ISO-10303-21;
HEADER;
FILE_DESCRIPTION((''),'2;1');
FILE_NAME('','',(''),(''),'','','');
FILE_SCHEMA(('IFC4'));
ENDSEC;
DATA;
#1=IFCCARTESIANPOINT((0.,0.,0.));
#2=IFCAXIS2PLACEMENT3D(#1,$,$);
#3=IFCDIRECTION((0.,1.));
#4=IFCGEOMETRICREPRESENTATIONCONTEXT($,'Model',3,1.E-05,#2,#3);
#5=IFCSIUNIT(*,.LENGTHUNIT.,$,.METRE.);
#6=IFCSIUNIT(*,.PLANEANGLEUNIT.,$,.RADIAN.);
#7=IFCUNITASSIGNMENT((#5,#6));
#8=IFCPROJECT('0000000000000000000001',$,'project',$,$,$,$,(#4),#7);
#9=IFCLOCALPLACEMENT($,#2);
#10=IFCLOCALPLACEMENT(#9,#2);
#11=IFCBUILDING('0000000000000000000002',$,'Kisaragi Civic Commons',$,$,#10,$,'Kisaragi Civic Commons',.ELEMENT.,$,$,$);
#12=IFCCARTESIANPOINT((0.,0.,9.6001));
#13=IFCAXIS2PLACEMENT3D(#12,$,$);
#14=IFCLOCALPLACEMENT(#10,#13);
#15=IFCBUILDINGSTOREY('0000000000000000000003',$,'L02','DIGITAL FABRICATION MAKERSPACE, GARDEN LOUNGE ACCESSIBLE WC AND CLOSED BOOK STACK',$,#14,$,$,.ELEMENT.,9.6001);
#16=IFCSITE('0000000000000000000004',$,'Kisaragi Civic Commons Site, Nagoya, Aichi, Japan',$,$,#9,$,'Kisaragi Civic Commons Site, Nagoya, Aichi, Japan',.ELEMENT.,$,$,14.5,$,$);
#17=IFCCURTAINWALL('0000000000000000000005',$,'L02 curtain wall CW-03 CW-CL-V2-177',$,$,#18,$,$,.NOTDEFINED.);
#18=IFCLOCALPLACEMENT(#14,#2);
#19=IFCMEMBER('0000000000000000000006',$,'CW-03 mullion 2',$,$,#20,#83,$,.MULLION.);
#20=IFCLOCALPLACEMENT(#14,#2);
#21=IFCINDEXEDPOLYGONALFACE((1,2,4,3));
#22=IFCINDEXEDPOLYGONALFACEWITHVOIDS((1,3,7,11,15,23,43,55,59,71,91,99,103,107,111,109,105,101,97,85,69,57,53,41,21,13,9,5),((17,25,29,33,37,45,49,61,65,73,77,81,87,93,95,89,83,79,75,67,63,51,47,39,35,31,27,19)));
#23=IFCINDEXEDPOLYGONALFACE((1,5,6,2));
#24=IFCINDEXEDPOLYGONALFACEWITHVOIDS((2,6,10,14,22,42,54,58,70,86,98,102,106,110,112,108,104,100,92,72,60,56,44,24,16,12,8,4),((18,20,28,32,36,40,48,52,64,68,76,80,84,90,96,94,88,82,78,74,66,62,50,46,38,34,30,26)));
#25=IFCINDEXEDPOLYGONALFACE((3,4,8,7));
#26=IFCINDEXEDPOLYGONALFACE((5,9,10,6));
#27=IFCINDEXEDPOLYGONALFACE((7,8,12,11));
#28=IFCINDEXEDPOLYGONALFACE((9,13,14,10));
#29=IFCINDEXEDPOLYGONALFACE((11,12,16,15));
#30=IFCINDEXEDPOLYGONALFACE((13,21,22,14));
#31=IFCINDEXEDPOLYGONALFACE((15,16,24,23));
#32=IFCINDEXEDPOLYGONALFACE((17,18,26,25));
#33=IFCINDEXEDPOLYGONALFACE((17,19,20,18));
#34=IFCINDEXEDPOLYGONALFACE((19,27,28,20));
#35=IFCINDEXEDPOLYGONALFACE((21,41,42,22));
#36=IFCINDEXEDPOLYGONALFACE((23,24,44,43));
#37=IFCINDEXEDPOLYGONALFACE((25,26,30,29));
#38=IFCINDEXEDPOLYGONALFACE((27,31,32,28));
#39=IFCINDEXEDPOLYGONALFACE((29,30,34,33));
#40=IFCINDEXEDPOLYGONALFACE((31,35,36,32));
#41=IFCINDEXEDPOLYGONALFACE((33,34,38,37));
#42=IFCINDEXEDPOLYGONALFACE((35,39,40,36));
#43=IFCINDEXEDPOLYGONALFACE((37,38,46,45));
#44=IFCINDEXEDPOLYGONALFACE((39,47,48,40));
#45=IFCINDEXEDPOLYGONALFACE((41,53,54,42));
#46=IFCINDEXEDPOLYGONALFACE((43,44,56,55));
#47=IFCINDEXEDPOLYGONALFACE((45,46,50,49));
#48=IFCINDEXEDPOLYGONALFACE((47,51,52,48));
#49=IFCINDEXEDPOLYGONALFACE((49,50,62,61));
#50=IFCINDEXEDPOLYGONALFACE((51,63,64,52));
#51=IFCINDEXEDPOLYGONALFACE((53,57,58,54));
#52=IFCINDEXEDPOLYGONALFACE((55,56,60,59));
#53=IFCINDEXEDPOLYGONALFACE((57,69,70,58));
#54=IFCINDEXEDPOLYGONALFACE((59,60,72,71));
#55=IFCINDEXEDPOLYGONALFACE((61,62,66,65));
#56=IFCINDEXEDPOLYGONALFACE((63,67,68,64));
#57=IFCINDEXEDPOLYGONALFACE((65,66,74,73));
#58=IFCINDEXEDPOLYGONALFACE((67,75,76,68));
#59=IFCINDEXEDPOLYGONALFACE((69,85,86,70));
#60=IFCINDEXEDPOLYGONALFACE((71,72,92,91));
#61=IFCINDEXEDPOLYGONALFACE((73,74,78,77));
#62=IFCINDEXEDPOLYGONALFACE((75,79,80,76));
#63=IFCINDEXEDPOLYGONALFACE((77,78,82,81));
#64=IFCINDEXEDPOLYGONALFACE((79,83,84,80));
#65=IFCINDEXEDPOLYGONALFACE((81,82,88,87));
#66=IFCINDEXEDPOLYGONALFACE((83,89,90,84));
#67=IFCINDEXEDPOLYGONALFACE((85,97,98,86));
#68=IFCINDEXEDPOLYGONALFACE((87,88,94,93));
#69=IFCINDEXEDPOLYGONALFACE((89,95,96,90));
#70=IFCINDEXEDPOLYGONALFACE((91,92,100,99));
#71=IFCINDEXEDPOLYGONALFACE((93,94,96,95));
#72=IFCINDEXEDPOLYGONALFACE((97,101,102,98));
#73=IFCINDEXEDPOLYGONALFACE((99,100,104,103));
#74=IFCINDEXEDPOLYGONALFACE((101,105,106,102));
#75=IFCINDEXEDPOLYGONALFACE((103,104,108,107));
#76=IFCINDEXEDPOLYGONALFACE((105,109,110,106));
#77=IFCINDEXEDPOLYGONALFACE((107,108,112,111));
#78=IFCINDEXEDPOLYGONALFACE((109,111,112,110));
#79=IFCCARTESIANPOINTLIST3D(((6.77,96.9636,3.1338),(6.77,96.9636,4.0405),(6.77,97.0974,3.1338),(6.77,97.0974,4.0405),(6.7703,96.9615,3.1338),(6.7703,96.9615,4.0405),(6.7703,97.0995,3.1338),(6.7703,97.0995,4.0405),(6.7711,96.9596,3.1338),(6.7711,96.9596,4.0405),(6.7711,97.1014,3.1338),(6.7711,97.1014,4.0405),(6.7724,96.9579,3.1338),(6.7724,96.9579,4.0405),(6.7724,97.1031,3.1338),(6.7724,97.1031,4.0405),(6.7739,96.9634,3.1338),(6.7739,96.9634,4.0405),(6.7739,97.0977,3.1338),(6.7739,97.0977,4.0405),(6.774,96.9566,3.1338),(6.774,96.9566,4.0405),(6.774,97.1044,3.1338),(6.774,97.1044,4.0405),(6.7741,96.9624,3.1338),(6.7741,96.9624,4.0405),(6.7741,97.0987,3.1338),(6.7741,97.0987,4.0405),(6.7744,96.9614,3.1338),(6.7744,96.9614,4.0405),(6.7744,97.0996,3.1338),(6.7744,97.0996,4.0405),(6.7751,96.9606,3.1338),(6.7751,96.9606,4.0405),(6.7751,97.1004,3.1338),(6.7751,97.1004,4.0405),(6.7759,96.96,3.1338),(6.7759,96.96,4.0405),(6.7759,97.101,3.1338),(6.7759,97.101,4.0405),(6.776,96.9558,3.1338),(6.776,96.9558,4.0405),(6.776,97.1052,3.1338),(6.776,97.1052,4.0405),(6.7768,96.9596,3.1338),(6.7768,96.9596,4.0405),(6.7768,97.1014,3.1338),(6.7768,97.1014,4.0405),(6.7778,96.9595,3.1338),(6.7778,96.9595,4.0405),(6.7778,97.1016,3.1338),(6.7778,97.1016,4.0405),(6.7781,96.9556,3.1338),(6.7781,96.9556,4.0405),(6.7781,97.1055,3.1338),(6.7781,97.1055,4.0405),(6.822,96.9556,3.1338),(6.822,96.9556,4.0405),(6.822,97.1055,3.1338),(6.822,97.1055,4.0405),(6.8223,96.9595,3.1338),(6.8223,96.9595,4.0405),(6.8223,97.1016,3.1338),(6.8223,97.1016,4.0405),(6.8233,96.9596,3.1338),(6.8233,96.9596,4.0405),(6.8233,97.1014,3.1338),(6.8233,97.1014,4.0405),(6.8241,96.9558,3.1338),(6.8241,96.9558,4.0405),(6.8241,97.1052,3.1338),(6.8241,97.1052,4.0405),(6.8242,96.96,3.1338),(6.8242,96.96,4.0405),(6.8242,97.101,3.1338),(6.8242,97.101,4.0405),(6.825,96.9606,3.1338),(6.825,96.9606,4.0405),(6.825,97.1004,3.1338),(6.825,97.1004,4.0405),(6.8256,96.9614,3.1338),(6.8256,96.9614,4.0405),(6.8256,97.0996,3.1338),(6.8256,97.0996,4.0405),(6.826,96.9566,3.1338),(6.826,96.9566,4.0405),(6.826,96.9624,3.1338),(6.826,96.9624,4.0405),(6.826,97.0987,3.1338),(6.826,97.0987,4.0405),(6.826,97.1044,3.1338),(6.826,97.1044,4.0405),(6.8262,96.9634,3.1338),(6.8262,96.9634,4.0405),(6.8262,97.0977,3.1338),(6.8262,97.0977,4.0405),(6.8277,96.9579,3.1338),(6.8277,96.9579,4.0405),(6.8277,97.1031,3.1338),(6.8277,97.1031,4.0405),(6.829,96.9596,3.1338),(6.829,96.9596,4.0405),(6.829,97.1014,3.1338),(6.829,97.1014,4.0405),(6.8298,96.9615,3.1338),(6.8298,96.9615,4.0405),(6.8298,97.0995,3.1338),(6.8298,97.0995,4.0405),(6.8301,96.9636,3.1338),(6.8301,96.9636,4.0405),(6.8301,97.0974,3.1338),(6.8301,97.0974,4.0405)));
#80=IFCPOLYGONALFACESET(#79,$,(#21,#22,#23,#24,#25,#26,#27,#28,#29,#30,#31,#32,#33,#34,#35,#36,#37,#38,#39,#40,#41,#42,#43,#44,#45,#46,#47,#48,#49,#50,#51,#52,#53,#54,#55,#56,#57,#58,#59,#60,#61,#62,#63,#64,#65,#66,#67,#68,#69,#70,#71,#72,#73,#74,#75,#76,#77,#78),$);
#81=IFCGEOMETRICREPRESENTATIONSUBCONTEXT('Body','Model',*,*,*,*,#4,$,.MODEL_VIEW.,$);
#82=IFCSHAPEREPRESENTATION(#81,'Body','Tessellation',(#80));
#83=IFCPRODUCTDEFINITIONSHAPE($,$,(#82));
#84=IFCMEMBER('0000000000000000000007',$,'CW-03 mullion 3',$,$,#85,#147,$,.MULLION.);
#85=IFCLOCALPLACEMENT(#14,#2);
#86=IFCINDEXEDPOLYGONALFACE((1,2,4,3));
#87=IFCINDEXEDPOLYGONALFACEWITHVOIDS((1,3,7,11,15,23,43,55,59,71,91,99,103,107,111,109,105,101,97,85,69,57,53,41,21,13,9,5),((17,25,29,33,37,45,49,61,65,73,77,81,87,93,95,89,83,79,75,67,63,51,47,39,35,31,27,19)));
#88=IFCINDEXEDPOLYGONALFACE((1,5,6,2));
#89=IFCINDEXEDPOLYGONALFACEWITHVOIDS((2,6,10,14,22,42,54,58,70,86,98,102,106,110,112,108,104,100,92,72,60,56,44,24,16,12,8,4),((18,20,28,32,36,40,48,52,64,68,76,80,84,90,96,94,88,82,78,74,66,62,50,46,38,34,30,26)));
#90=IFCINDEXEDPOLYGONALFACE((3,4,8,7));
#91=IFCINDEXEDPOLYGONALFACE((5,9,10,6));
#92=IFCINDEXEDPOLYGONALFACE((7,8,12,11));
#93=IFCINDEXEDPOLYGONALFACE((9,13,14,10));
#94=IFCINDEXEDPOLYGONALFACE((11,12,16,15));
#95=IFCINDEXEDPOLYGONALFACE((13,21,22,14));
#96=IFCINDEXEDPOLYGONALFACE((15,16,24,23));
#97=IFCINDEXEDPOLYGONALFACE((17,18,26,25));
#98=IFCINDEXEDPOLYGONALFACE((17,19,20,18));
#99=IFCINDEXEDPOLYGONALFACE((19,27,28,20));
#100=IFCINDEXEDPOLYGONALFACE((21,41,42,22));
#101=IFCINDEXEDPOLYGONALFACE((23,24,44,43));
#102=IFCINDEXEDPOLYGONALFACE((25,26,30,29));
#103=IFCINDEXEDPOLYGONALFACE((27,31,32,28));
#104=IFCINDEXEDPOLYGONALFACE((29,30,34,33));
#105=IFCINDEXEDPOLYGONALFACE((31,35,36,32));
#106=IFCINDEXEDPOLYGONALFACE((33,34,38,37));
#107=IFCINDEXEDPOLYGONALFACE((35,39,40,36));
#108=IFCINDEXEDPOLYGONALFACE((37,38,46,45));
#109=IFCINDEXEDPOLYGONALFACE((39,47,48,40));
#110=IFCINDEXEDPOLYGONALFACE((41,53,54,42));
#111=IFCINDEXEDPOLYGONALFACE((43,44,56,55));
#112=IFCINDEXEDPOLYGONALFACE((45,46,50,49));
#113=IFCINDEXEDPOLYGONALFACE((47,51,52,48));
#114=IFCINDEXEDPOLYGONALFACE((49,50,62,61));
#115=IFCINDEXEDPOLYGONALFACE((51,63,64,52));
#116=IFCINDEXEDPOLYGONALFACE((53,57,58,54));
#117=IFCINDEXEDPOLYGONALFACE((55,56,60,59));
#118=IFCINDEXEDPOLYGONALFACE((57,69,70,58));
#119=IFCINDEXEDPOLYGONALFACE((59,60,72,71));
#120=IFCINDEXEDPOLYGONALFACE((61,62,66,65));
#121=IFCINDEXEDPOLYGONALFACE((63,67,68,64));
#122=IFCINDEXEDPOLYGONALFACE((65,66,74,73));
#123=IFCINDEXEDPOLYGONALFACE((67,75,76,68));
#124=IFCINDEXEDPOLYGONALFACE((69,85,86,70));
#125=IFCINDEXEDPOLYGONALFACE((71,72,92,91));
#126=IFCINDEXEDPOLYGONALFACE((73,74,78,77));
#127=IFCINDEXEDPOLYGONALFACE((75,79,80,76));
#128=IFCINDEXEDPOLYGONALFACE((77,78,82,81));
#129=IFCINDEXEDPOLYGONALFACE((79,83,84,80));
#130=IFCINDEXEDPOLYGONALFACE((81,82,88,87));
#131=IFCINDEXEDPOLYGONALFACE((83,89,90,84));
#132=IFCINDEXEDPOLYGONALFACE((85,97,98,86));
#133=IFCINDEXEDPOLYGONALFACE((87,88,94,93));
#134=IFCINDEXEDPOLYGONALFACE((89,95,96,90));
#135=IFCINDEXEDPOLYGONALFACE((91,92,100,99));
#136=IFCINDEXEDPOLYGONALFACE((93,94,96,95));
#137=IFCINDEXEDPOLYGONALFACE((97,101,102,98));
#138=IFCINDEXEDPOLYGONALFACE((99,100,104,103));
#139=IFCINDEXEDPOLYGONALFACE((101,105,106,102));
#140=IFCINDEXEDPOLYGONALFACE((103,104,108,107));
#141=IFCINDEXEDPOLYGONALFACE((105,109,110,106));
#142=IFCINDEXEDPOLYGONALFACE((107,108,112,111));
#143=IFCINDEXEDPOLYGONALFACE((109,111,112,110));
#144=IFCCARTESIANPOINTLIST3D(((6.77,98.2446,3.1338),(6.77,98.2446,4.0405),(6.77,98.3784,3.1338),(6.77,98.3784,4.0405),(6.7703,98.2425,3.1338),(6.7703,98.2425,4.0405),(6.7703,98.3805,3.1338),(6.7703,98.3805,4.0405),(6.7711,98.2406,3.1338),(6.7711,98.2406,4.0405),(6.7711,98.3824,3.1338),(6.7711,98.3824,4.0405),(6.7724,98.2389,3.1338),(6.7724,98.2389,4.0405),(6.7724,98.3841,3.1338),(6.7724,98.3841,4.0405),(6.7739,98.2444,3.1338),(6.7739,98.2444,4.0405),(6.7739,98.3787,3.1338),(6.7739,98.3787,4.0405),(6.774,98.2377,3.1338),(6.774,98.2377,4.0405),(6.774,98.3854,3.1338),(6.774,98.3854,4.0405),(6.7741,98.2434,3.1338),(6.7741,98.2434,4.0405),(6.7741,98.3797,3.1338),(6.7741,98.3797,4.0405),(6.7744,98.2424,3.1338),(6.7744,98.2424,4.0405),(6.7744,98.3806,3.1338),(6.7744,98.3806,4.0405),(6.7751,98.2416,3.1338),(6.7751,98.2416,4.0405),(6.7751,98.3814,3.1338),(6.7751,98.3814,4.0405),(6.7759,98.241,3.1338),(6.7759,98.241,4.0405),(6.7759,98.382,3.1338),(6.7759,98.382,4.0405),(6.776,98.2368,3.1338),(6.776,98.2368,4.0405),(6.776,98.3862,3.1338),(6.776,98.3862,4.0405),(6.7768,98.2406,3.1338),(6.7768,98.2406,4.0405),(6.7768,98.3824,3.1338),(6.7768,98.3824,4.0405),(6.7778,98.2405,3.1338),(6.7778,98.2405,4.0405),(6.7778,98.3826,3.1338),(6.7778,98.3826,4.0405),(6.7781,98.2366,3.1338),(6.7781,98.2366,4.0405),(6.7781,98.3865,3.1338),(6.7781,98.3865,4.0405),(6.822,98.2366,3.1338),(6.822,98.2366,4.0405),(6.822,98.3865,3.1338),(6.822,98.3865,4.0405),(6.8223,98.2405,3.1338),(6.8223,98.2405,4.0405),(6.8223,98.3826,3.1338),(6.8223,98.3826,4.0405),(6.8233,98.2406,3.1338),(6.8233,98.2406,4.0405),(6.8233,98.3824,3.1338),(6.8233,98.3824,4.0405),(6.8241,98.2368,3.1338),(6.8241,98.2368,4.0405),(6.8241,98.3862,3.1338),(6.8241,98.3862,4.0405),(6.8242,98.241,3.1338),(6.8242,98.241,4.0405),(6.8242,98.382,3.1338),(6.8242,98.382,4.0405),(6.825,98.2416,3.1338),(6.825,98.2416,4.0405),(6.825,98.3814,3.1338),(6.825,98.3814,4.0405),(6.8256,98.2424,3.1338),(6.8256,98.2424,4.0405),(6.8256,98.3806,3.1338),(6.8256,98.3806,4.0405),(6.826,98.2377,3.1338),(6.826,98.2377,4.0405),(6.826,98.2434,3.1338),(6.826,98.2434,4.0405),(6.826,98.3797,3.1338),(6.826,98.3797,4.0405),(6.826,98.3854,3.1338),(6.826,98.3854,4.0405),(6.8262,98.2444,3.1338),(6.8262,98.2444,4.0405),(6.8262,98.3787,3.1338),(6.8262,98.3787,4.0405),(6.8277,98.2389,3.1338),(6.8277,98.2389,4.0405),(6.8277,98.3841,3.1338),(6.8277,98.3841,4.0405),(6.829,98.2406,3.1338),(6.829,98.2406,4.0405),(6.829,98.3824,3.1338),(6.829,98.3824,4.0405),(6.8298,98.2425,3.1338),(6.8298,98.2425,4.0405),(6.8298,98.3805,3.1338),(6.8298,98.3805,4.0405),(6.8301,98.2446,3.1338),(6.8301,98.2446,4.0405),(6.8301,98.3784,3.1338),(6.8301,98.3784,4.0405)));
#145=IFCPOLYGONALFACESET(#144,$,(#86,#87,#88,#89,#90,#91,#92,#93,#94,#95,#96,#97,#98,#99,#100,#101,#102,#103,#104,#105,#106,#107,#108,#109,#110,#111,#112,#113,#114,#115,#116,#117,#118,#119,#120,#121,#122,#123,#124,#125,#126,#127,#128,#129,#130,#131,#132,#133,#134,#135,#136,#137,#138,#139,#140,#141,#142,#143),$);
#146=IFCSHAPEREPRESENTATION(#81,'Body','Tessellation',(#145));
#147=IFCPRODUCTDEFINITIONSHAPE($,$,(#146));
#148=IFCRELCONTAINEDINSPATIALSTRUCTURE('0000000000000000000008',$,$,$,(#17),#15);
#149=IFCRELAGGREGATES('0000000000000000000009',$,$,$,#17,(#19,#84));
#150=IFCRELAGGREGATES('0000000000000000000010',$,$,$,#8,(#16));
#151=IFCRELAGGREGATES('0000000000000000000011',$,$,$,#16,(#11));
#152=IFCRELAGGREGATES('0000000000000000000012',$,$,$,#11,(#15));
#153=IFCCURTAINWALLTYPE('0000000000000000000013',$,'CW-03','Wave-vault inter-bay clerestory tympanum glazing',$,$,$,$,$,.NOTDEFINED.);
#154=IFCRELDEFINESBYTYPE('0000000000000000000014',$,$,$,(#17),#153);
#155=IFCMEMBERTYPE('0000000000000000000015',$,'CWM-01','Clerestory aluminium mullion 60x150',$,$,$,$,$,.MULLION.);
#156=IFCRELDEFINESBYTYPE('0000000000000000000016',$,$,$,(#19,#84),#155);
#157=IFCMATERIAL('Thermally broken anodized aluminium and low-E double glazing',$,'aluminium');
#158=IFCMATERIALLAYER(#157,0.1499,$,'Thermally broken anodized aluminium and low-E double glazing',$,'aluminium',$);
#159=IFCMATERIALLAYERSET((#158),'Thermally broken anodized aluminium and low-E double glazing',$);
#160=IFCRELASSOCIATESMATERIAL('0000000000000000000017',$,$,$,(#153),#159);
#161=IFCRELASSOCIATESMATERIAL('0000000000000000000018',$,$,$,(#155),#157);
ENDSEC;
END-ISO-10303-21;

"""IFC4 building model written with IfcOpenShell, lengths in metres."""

from ifc_helpers import new_model, si_unit, direction, frame, origin, origin_2d, place, context, subcontext, project, spatial, hollow_rectangle, extrude, material, layer, layer_set, material_profile, profile_set, type_object, element, aggregate, save


model = new_model("IFC4")

# Units and contexts
model_context = context("Model", 3, precision=1e-05, world=origin(), true_north=direction((0.0, 1.0)))
body_context = subcontext(model_context, "Body", "Model", "MODEL_VIEW")
ifc_project = project(units=[si_unit("LENGTHUNIT", "METRE"), si_unit("PLANEANGLEUNIT", "RADIAN")], contexts=[model_context])

# Site, building, storey
site_placement = place(None, origin())
site = spatial("IfcSite", under=ifc_project, at=site_placement, Name="Kisaragi Civic Commons Site, Nagoya, Aichi, Japan", LongName="Kisaragi Civic Commons Site, Nagoya, Aichi, Japan", CompositionType="ELEMENT", RefElevation=14.5)
building_placement = place(site_placement, origin())
building = spatial("IfcBuilding", under=site, at=building_placement, Name="Kisaragi Civic Commons", LongName="Kisaragi Civic Commons", CompositionType="ELEMENT")
storey_placement = place(building_placement, frame((0.0, 0.0, 9.6001)))
storey = spatial("IfcBuildingStorey", under=building, at=storey_placement, Name="L02", Description="DIGITAL FABRICATION MAKERSPACE, GARDEN LOUNGE ACCESSIBLE WC AND CLOSED BOOK STACK", CompositionType="ELEMENT", Elevation=9.6001)

# Curtain wall, members
ifc_material_1 = material(Name="Thermally broken anodized aluminium and low-E double glazing", Category="aluminium")
ifc_layer_1 = layer(ifc_material_1, 0.1499, Name="Thermally broken anodized aluminium and low-E double glazing", Category="aluminium")
ifc_layer_set_1 = layer_set([ifc_layer_1], Name="Thermally broken anodized aluminium and low-E double glazing")
curtain_wall_type = type_object("IfcCurtainWallType", Name="CW-03", Description="Wave-vault inter-bay clerestory tympanum glazing", PredefinedType="NOTDEFINED", material=ifc_layer_set_1)
curtain_wall_placement = place(storey_placement, origin())
curtain_wall = element("IfcCurtainWall", 1, at=curtain_wall_placement, inside=storey, type_object=curtain_wall_type, Name="L02 curtain wall CW-03 CW-CL-V2-177", PredefinedType="NOTDEFINED")
ifc_material_profile_1 = material_profile(ifc_material_1, hollow_rectangle(XDim=0.0601, YDim=0.1499, WallThickness=0.0039, InnerFilletRadius=0.0039, OuterFilletRadius=0.0081, at=origin_2d()), Name="CWM-60x150x4", Category="aluminium")
ifc_profile_set_1 = profile_set([ifc_material_profile_1], Name="Thermally broken anodized aluminium and low-E double glazing")
member_type_1 = type_object("IfcMemberType", Name="CWM-01", Description="Clerestory aluminium mullion 60x150", PredefinedType="MULLION", material=ifc_profile_set_1)
member_1_placement = place(storey_placement, frame((6.8, 97.0305, 3.1338), z_axis=(0.0, 0.0, 1.0), x_axis=(-1.0, 0.0, 0.0)))
member_1 = element("IfcMember", 2, at=member_1_placement, type_object=member_type_1, Name="CW-03 mullion 2", PredefinedType="MULLION", context=body_context, shape_type="SweptSolid", body=[
    extrude(hollow_rectangle(XDim=0.0601, YDim=0.1499, WallThickness=0.0039, InnerFilletRadius=0.0039, OuterFilletRadius=0.0081, at=origin_2d()), origin(), (0.0, 0.0, 1.0), 0.9067),
])
member_2_placement = place(storey_placement, frame((6.8, 98.3115, 3.1338), z_axis=(0.0, 0.0, 1.0), x_axis=(-1.0, 0.0, 0.0)))
member_2 = element("IfcMember", 3, at=member_2_placement, type_object=member_type_1, Name="CW-03 mullion 3", PredefinedType="MULLION", context=body_context, shape_type="SweptSolid", body=[
    extrude(hollow_rectangle(XDim=0.0601, YDim=0.1499, WallThickness=0.0039, InnerFilletRadius=0.0039, OuterFilletRadius=0.0081, at=origin_2d()), origin(), (0.0, 0.0, 1.0), 0.9067),
])

aggregate(curtain_wall, [member_1, member_2])

save(model, "model.ifc")
